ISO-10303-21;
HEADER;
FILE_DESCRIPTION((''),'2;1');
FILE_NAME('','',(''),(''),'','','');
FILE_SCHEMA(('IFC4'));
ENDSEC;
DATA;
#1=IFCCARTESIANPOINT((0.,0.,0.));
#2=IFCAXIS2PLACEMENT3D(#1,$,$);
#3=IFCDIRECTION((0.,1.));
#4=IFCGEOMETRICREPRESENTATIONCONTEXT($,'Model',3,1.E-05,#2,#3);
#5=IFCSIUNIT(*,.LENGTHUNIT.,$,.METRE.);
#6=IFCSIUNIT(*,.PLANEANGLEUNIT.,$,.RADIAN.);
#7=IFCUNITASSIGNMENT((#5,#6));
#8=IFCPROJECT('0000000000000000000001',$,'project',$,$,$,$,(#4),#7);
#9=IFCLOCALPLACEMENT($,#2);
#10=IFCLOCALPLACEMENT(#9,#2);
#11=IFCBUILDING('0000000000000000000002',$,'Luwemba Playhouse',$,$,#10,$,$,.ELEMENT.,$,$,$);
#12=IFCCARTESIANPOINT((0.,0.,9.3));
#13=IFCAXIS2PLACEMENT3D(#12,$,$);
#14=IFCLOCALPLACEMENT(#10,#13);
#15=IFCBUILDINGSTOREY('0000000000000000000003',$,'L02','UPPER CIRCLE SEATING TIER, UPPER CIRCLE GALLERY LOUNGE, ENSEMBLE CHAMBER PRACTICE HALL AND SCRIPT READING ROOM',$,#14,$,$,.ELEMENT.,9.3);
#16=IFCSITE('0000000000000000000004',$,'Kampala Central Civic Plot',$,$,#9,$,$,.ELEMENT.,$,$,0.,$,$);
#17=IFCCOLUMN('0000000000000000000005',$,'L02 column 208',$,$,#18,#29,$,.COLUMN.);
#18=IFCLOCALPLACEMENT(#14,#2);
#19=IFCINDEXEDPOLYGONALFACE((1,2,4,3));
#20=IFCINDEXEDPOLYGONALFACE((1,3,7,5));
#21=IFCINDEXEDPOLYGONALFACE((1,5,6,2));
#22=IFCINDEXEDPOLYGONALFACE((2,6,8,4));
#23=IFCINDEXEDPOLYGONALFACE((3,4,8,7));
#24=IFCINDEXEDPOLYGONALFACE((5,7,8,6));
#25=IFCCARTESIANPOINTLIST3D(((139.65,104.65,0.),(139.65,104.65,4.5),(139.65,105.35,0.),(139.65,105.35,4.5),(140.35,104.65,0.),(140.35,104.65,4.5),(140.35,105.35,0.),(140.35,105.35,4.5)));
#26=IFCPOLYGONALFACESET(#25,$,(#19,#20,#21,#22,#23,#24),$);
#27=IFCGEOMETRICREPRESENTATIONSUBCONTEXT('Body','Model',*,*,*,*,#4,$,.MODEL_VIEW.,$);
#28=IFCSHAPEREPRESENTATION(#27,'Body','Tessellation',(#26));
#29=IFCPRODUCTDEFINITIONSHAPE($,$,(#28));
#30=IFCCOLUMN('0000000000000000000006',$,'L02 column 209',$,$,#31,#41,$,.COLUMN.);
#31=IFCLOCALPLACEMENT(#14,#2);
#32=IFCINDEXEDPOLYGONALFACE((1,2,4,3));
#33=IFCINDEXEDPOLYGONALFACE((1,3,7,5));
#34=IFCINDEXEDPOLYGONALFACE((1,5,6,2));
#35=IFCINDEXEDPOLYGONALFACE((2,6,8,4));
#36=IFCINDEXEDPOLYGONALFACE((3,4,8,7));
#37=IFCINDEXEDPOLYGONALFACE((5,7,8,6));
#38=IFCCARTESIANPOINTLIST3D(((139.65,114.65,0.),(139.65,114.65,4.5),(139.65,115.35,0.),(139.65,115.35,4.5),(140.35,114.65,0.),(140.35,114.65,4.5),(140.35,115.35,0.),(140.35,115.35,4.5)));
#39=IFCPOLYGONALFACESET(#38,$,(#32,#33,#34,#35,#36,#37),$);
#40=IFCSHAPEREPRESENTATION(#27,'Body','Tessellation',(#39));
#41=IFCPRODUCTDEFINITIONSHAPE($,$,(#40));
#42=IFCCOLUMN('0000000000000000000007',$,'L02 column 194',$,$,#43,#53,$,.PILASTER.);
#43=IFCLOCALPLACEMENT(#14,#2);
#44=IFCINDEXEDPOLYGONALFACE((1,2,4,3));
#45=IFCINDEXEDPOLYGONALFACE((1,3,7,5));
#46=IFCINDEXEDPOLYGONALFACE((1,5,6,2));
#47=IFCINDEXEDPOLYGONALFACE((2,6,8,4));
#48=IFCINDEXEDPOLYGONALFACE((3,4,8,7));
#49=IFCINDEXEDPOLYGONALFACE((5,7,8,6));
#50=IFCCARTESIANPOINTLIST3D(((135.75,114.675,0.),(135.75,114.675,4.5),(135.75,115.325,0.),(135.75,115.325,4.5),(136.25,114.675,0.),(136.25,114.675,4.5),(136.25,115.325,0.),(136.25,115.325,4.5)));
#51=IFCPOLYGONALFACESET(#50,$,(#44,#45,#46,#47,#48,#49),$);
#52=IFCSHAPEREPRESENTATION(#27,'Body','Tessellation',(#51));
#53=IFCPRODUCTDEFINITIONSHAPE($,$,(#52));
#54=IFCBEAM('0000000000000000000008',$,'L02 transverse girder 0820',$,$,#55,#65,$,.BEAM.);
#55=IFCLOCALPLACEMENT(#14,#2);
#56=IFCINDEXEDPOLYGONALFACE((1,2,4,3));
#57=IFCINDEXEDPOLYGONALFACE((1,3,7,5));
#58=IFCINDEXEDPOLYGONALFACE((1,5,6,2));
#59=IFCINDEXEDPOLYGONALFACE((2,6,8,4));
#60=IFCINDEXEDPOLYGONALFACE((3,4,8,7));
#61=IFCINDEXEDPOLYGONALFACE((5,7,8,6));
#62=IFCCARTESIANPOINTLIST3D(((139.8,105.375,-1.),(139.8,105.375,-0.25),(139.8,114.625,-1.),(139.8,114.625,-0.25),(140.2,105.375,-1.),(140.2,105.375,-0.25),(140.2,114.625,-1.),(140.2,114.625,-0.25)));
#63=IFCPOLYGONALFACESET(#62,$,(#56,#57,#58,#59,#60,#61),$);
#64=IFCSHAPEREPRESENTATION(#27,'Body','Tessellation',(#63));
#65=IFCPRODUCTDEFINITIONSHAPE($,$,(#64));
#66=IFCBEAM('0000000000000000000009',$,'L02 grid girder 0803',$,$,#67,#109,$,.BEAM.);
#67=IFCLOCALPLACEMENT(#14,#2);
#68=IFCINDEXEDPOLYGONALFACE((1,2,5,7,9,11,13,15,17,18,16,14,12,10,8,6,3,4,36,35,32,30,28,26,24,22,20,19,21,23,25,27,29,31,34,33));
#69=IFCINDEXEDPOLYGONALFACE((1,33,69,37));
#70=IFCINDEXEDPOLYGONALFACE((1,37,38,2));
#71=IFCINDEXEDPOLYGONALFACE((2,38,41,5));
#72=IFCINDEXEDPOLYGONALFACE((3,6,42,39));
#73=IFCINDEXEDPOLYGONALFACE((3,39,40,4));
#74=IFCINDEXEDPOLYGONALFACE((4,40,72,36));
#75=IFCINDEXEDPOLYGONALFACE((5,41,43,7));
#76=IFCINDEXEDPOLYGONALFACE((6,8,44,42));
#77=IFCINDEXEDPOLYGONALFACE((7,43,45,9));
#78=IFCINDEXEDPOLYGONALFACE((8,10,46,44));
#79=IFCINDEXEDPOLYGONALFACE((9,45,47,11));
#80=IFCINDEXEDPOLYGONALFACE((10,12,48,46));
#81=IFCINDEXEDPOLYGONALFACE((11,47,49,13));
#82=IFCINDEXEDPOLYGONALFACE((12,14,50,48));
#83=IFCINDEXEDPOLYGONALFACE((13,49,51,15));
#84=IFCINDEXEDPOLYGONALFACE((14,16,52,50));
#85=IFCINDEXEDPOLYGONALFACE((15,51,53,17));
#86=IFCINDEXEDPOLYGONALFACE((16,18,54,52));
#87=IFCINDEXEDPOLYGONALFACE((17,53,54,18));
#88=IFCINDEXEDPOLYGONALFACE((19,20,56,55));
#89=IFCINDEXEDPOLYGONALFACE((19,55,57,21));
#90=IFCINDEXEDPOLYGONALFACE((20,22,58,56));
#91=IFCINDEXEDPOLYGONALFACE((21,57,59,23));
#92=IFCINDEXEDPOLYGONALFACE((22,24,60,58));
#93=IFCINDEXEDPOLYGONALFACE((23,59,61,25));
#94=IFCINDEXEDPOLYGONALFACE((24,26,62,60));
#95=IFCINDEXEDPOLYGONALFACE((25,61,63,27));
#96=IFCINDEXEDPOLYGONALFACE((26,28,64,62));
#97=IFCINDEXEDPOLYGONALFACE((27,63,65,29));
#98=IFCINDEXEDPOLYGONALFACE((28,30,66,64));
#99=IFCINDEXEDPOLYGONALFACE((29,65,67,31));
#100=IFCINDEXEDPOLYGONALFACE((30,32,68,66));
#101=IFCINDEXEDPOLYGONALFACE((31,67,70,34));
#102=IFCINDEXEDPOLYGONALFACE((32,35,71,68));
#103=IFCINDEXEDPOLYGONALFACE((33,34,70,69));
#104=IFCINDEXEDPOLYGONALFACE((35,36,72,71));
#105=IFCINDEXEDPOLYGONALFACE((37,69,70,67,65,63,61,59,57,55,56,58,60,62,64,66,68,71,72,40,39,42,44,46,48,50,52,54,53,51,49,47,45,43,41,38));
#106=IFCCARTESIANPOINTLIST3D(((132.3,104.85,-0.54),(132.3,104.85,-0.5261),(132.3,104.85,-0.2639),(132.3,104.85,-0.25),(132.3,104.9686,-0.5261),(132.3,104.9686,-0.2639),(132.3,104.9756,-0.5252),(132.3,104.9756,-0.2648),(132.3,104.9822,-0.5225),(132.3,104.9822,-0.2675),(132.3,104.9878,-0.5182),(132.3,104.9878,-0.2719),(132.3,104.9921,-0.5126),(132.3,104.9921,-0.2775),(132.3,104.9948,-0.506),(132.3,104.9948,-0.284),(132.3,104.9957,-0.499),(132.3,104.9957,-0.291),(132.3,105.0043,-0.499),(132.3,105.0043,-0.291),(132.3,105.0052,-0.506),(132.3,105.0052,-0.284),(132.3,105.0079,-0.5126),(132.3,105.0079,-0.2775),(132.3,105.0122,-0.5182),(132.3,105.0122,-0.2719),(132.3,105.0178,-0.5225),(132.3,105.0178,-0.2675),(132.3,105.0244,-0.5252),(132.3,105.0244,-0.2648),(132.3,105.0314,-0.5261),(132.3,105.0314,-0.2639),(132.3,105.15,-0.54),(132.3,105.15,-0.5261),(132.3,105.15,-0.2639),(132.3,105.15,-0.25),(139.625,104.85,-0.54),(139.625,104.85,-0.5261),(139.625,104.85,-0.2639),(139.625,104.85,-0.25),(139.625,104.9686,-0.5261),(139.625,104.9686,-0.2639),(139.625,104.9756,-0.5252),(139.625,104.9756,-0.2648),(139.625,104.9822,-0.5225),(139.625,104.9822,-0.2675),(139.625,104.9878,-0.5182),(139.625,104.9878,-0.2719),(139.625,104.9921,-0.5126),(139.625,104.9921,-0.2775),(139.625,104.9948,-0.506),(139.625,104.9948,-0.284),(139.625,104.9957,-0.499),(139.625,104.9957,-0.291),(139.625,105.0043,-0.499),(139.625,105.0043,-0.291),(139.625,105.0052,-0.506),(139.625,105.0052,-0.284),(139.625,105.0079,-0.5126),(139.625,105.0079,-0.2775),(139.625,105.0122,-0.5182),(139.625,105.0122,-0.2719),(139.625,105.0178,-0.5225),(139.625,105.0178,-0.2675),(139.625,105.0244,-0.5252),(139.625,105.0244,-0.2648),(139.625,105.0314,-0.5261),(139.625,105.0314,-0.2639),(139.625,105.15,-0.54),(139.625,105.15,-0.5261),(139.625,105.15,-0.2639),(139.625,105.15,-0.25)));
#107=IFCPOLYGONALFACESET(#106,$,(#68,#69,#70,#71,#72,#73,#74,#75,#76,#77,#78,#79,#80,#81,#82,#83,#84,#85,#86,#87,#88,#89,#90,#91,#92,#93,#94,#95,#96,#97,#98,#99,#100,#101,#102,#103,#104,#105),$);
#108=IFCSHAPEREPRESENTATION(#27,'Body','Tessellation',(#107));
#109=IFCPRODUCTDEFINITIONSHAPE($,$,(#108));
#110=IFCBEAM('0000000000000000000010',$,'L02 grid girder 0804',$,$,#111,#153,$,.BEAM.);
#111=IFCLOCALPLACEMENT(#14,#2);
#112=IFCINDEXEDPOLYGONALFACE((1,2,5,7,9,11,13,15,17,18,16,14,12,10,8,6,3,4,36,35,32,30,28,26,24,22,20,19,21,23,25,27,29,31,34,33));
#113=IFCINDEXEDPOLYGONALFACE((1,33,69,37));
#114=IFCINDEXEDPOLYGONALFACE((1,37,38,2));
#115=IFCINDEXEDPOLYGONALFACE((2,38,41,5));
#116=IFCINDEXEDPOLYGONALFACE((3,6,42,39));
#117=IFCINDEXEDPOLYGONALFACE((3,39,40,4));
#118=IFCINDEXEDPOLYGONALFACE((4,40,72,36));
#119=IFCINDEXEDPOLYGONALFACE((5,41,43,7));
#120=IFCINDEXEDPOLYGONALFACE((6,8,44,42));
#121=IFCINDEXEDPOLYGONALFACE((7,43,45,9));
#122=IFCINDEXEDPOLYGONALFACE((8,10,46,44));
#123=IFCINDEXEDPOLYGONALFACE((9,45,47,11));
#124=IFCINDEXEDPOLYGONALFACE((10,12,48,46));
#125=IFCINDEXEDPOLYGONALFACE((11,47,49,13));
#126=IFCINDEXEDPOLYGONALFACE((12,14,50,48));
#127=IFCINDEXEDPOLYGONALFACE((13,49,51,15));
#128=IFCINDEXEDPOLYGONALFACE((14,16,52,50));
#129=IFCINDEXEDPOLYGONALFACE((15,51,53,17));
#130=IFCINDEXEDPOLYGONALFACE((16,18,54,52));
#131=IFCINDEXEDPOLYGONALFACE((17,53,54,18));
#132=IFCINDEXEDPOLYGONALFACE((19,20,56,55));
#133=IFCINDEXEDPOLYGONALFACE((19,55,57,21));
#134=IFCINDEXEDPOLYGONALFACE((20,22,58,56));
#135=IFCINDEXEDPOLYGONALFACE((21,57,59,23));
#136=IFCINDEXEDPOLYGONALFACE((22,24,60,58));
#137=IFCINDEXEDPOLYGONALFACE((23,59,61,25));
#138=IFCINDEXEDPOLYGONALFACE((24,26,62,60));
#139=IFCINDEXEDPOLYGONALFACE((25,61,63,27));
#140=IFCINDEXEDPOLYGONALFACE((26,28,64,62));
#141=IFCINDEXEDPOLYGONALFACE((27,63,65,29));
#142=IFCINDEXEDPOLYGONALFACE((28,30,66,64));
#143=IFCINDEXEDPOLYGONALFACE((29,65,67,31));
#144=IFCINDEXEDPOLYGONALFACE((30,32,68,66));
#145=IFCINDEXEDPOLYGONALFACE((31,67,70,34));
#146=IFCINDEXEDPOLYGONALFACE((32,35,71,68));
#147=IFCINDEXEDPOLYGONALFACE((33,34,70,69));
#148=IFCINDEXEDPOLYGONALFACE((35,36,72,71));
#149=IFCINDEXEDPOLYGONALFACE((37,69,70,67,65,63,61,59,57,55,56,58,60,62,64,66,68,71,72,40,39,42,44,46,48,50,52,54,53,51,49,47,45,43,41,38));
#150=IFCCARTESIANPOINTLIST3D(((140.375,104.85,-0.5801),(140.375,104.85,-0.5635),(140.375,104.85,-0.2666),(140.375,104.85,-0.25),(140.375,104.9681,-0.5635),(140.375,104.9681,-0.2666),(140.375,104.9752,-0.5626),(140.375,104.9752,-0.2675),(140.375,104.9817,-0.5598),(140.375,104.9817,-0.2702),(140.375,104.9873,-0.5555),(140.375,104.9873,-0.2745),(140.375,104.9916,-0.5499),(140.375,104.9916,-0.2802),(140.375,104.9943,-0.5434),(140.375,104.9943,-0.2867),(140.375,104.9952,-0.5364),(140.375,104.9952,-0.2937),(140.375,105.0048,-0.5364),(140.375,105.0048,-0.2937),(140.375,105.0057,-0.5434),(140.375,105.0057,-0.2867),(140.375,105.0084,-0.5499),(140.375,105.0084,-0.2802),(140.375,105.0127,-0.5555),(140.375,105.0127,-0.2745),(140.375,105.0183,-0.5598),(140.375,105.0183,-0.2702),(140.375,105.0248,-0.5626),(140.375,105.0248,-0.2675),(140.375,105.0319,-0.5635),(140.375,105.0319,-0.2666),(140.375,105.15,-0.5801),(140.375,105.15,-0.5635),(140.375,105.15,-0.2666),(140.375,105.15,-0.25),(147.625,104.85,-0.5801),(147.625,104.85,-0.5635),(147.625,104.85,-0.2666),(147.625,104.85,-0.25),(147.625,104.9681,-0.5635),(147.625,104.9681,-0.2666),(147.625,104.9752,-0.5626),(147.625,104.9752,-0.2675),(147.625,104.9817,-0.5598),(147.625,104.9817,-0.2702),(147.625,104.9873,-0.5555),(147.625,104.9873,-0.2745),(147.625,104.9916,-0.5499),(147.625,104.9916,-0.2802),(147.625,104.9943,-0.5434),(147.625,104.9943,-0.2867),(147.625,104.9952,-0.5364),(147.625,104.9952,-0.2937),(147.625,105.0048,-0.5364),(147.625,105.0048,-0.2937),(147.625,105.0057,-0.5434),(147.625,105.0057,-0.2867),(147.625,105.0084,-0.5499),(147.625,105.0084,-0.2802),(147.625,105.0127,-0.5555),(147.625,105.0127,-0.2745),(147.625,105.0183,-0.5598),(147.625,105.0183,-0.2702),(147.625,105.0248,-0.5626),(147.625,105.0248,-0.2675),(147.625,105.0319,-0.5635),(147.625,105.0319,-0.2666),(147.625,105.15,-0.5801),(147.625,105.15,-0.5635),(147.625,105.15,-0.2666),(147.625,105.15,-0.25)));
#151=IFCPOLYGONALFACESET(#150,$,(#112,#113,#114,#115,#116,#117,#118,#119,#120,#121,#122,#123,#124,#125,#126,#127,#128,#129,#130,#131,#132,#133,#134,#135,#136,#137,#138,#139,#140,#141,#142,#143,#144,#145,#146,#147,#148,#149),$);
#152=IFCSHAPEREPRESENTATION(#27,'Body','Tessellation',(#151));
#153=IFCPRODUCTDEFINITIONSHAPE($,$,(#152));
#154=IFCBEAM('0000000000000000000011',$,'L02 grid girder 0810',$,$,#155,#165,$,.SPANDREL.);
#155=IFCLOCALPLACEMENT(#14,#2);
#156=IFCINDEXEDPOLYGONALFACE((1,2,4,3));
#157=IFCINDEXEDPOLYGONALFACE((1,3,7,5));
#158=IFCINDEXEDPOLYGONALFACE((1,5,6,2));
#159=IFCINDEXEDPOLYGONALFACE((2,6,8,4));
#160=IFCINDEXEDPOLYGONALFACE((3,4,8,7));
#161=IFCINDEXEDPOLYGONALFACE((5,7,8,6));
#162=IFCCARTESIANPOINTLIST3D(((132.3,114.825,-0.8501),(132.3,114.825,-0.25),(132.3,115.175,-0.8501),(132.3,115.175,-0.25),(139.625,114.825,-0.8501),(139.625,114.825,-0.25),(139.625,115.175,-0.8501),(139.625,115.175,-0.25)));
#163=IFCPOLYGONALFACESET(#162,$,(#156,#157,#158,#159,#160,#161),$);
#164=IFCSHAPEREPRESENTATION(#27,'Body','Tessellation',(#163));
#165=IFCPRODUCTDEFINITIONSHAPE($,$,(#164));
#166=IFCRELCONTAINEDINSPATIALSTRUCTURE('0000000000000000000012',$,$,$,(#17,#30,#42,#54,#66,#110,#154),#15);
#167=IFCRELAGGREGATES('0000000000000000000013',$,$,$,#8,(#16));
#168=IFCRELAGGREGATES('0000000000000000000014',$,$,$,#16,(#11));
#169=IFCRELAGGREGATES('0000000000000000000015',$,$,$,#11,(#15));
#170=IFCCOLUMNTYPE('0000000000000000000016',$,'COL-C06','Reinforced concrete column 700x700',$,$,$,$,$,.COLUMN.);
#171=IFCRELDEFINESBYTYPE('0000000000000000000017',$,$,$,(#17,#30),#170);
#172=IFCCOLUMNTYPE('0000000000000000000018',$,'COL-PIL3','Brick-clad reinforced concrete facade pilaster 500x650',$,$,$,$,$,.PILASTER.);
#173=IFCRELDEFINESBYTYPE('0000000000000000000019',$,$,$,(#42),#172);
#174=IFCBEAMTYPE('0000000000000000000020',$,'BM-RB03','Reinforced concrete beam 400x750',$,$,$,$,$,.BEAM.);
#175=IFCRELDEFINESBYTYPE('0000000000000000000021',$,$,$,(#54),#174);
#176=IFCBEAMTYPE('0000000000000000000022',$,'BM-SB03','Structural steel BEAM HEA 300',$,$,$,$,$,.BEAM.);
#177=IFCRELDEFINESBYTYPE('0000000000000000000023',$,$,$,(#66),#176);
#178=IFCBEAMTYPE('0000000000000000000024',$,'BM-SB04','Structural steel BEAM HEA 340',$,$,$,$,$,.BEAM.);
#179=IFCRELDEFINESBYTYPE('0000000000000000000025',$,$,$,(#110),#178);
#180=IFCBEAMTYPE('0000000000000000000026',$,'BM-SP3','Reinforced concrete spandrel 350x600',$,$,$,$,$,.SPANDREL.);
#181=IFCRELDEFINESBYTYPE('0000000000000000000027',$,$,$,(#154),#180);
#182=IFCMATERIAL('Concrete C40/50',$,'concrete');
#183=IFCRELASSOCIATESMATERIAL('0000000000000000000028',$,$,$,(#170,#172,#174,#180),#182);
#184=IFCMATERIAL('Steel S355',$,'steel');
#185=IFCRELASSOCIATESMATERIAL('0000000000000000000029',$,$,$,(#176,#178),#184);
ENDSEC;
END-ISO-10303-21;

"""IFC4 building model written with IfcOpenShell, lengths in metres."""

from ifc_helpers import new_model, si_unit, direction, frame, origin, origin_2d, place, context, subcontext, project, spatial, rectangle, i_section, extrude, material, material_profile, profile_set, type_object, element, save


model = new_model("IFC4")

# Units and contexts
model_context = context("Model", 3, precision=1e-05, world=origin(), true_north=direction((0.0, 1.0)))
body_context = subcontext(model_context, "Body", "Model", "MODEL_VIEW")
ifc_project = project(units=[si_unit("LENGTHUNIT", "METRE"), si_unit("PLANEANGLEUNIT", "RADIAN")], contexts=[model_context])

# Site, building, storey
site_placement = place(None, origin())
site = spatial("IfcSite", under=ifc_project, at=site_placement, Name="Kampala Central Civic Plot", CompositionType="ELEMENT", RefElevation=0.0)
building_placement = place(site_placement, origin())
building = spatial("IfcBuilding", under=site, at=building_placement, Name="Luwemba Playhouse", CompositionType="ELEMENT")
storey_placement = place(building_placement, frame((0.0, 0.0, 9.3)))
storey = spatial("IfcBuildingStorey", under=building, at=storey_placement, Name="L02", Description="UPPER CIRCLE SEATING TIER, UPPER CIRCLE GALLERY LOUNGE, ENSEMBLE CHAMBER PRACTICE HALL AND SCRIPT READING ROOM", CompositionType="ELEMENT", Elevation=9.3)

# Columns
ifc_material_1 = material(Name="Concrete C40/50", Category="concrete")
ifc_material_profile_1 = material_profile(ifc_material_1, rectangle(XDim=0.7, YDim=0.7, at=origin_2d()))
ifc_profile_set_1 = profile_set([ifc_material_profile_1], Name="Concrete C40/50")
column_type_1 = type_object("IfcColumnType", Name="COL-C06", Description="Reinforced concrete column 700x700", PredefinedType="COLUMN", material=ifc_profile_set_1)
for number, where, z_axis, x_axis, name in (
    (1, (140.0, 105.0, 0.0), (0.0, 0.0, 1.0), (1.0, 0.0, 0.0), "L02 column 208"),
    (2, (140.0, 115.0, 0.0), (0.0, 0.0, 1.0), (1.0, 0.0, 0.0), "L02 column 209"),
):
    element("IfcColumn", number, at=place(storey_placement, frame(where, z_axis=z_axis, x_axis=x_axis)), inside=storey, type_object=column_type_1, Name=name, PredefinedType="COLUMN", context=body_context, shape_type="SweptSolid", body=[
        extrude(rectangle(XDim=0.7, YDim=0.7, at=origin_2d()), origin(), (0.0, 0.0, 1.0), 4.5),
    ])
ifc_material_profile_2 = material_profile(ifc_material_1, rectangle(XDim=0.5, YDim=0.6499, at=origin_2d()))
ifc_profile_set_2 = profile_set([ifc_material_profile_2], Name="Concrete C40/50")
column_type_2 = type_object("IfcColumnType", Name="COL-PIL3", Description="Brick-clad reinforced concrete facade pilaster 500x650", PredefinedType="PILASTER", material=ifc_profile_set_2)
column_placement = place(storey_placement, frame((136.0, 115.0, 0.0), z_axis=(0.0, 0.0, 1.0), x_axis=(1.0, 0.0, 0.0)))
element("IfcColumn", 3, at=column_placement, inside=storey, type_object=column_type_2, Name="L02 column 194", PredefinedType="PILASTER", context=body_context, shape_type="SweptSolid", body=[
    extrude(rectangle(XDim=0.5, YDim=0.6499, at=origin_2d()), origin(), (0.0, 0.0, 1.0), 4.5),
])

# Beams
ifc_material_profile_3 = material_profile(ifc_material_1, rectangle(XDim=0.3999, YDim=0.75, at=origin_2d()))
ifc_profile_set_3 = profile_set([ifc_material_profile_3], Name="Concrete C40/50")
beam_type_1 = type_object("IfcBeamType", Name="BM-RB03", Description="Reinforced concrete beam 400x750", PredefinedType="BEAM", material=ifc_profile_set_3)
beam_1_placement = place(storey_placement, frame((140.0, 105.375, -0.625), z_axis=(0.0, 1.0, 0.0), x_axis=(-1.0, 0.0, 0.0)))
element("IfcBeam", 4, at=beam_1_placement, inside=storey, type_object=beam_type_1, Name="L02 transverse girder 0820", PredefinedType="BEAM", context=body_context, shape_type="SweptSolid", body=[
    extrude(rectangle(XDim=0.3999, YDim=0.75, at=origin_2d()), origin(), (0.0, 0.0, 1.0), 9.25),
])
ifc_material_2 = material(Name="Steel S355", Category="steel")
ifc_material_profile_4 = material_profile(ifc_material_2, i_section(OverallWidth=0.3, OverallDepth=0.29, WebThickness=0.0085, FlangeThickness=0.0139, FilletRadius=0.0271, at=origin_2d()))
ifc_profile_set_4 = profile_set([ifc_material_profile_4], Name="Steel S355")
beam_type_2 = type_object("IfcBeamType", Name="BM-SB03", Description="Structural steel BEAM HEA 300", PredefinedType="BEAM", material=ifc_profile_set_4)
beam_2_placement = place(storey_placement, frame((132.3, 105.0, -0.395), z_axis=(1.0, 0.0, 0.0), x_axis=(0.0, 1.0, 0.0)))
element("IfcBeam", 5, at=beam_2_placement, inside=storey, type_object=beam_type_2, Name="L02 grid girder 0803", PredefinedType="BEAM", context=body_context, shape_type="SweptSolid", body=[
    extrude(i_section(OverallWidth=0.3, OverallDepth=0.29, WebThickness=0.0085, FlangeThickness=0.0139, FilletRadius=0.0271, at=origin_2d()), origin(), (0.0, 0.0, 1.0), 7.325),
])
ifc_material_profile_5 = material_profile(ifc_material_2, i_section(OverallWidth=0.3, OverallDepth=0.3301, WebThickness=0.0095, FlangeThickness=0.0166, FilletRadius=0.0271, at=origin_2d()))
ifc_profile_set_5 = profile_set([ifc_material_profile_5], Name="Steel S355")
beam_type_3 = type_object("IfcBeamType", Name="BM-SB04", Description="Structural steel BEAM HEA 340", PredefinedType="BEAM", material=ifc_profile_set_5)
beam_3_placement = place(storey_placement, frame((140.375, 105.0, -0.415), z_axis=(1.0, 0.0, 0.0), x_axis=(0.0, 1.0, 0.0)))
element("IfcBeam", 6, at=beam_3_placement, inside=storey, type_object=beam_type_3, Name="L02 grid girder 0804", PredefinedType="BEAM", context=body_context, shape_type="SweptSolid", body=[
    extrude(i_section(OverallWidth=0.3, OverallDepth=0.3301, WebThickness=0.0095, FlangeThickness=0.0166, FilletRadius=0.0271, at=origin_2d()), origin(), (0.0, 0.0, 1.0), 7.25),
])
ifc_material_profile_6 = material_profile(ifc_material_1, rectangle(XDim=0.3501, YDim=0.6001, at=origin_2d()))
ifc_profile_set_6 = profile_set([ifc_material_profile_6], Name="Concrete C40/50")
beam_type_4 = type_object("IfcBeamType", Name="BM-SP3", Description="Reinforced concrete spandrel 350x600", PredefinedType="SPANDREL", material=ifc_profile_set_6)
beam_4_placement = place(storey_placement, frame((132.3, 115.0, -0.55), z_axis=(1.0, 0.0, 0.0), x_axis=(0.0, 1.0, 0.0)))
element("IfcBeam", 7, at=beam_4_placement, inside=storey, type_object=beam_type_4, Name="L02 grid girder 0810", PredefinedType="SPANDREL", context=body_context, shape_type="SweptSolid", body=[
    extrude(rectangle(XDim=0.3501, YDim=0.6001, at=origin_2d()), origin(), (0.0, 0.0, 1.0), 7.325),
])

save(model, "model.ifc")
